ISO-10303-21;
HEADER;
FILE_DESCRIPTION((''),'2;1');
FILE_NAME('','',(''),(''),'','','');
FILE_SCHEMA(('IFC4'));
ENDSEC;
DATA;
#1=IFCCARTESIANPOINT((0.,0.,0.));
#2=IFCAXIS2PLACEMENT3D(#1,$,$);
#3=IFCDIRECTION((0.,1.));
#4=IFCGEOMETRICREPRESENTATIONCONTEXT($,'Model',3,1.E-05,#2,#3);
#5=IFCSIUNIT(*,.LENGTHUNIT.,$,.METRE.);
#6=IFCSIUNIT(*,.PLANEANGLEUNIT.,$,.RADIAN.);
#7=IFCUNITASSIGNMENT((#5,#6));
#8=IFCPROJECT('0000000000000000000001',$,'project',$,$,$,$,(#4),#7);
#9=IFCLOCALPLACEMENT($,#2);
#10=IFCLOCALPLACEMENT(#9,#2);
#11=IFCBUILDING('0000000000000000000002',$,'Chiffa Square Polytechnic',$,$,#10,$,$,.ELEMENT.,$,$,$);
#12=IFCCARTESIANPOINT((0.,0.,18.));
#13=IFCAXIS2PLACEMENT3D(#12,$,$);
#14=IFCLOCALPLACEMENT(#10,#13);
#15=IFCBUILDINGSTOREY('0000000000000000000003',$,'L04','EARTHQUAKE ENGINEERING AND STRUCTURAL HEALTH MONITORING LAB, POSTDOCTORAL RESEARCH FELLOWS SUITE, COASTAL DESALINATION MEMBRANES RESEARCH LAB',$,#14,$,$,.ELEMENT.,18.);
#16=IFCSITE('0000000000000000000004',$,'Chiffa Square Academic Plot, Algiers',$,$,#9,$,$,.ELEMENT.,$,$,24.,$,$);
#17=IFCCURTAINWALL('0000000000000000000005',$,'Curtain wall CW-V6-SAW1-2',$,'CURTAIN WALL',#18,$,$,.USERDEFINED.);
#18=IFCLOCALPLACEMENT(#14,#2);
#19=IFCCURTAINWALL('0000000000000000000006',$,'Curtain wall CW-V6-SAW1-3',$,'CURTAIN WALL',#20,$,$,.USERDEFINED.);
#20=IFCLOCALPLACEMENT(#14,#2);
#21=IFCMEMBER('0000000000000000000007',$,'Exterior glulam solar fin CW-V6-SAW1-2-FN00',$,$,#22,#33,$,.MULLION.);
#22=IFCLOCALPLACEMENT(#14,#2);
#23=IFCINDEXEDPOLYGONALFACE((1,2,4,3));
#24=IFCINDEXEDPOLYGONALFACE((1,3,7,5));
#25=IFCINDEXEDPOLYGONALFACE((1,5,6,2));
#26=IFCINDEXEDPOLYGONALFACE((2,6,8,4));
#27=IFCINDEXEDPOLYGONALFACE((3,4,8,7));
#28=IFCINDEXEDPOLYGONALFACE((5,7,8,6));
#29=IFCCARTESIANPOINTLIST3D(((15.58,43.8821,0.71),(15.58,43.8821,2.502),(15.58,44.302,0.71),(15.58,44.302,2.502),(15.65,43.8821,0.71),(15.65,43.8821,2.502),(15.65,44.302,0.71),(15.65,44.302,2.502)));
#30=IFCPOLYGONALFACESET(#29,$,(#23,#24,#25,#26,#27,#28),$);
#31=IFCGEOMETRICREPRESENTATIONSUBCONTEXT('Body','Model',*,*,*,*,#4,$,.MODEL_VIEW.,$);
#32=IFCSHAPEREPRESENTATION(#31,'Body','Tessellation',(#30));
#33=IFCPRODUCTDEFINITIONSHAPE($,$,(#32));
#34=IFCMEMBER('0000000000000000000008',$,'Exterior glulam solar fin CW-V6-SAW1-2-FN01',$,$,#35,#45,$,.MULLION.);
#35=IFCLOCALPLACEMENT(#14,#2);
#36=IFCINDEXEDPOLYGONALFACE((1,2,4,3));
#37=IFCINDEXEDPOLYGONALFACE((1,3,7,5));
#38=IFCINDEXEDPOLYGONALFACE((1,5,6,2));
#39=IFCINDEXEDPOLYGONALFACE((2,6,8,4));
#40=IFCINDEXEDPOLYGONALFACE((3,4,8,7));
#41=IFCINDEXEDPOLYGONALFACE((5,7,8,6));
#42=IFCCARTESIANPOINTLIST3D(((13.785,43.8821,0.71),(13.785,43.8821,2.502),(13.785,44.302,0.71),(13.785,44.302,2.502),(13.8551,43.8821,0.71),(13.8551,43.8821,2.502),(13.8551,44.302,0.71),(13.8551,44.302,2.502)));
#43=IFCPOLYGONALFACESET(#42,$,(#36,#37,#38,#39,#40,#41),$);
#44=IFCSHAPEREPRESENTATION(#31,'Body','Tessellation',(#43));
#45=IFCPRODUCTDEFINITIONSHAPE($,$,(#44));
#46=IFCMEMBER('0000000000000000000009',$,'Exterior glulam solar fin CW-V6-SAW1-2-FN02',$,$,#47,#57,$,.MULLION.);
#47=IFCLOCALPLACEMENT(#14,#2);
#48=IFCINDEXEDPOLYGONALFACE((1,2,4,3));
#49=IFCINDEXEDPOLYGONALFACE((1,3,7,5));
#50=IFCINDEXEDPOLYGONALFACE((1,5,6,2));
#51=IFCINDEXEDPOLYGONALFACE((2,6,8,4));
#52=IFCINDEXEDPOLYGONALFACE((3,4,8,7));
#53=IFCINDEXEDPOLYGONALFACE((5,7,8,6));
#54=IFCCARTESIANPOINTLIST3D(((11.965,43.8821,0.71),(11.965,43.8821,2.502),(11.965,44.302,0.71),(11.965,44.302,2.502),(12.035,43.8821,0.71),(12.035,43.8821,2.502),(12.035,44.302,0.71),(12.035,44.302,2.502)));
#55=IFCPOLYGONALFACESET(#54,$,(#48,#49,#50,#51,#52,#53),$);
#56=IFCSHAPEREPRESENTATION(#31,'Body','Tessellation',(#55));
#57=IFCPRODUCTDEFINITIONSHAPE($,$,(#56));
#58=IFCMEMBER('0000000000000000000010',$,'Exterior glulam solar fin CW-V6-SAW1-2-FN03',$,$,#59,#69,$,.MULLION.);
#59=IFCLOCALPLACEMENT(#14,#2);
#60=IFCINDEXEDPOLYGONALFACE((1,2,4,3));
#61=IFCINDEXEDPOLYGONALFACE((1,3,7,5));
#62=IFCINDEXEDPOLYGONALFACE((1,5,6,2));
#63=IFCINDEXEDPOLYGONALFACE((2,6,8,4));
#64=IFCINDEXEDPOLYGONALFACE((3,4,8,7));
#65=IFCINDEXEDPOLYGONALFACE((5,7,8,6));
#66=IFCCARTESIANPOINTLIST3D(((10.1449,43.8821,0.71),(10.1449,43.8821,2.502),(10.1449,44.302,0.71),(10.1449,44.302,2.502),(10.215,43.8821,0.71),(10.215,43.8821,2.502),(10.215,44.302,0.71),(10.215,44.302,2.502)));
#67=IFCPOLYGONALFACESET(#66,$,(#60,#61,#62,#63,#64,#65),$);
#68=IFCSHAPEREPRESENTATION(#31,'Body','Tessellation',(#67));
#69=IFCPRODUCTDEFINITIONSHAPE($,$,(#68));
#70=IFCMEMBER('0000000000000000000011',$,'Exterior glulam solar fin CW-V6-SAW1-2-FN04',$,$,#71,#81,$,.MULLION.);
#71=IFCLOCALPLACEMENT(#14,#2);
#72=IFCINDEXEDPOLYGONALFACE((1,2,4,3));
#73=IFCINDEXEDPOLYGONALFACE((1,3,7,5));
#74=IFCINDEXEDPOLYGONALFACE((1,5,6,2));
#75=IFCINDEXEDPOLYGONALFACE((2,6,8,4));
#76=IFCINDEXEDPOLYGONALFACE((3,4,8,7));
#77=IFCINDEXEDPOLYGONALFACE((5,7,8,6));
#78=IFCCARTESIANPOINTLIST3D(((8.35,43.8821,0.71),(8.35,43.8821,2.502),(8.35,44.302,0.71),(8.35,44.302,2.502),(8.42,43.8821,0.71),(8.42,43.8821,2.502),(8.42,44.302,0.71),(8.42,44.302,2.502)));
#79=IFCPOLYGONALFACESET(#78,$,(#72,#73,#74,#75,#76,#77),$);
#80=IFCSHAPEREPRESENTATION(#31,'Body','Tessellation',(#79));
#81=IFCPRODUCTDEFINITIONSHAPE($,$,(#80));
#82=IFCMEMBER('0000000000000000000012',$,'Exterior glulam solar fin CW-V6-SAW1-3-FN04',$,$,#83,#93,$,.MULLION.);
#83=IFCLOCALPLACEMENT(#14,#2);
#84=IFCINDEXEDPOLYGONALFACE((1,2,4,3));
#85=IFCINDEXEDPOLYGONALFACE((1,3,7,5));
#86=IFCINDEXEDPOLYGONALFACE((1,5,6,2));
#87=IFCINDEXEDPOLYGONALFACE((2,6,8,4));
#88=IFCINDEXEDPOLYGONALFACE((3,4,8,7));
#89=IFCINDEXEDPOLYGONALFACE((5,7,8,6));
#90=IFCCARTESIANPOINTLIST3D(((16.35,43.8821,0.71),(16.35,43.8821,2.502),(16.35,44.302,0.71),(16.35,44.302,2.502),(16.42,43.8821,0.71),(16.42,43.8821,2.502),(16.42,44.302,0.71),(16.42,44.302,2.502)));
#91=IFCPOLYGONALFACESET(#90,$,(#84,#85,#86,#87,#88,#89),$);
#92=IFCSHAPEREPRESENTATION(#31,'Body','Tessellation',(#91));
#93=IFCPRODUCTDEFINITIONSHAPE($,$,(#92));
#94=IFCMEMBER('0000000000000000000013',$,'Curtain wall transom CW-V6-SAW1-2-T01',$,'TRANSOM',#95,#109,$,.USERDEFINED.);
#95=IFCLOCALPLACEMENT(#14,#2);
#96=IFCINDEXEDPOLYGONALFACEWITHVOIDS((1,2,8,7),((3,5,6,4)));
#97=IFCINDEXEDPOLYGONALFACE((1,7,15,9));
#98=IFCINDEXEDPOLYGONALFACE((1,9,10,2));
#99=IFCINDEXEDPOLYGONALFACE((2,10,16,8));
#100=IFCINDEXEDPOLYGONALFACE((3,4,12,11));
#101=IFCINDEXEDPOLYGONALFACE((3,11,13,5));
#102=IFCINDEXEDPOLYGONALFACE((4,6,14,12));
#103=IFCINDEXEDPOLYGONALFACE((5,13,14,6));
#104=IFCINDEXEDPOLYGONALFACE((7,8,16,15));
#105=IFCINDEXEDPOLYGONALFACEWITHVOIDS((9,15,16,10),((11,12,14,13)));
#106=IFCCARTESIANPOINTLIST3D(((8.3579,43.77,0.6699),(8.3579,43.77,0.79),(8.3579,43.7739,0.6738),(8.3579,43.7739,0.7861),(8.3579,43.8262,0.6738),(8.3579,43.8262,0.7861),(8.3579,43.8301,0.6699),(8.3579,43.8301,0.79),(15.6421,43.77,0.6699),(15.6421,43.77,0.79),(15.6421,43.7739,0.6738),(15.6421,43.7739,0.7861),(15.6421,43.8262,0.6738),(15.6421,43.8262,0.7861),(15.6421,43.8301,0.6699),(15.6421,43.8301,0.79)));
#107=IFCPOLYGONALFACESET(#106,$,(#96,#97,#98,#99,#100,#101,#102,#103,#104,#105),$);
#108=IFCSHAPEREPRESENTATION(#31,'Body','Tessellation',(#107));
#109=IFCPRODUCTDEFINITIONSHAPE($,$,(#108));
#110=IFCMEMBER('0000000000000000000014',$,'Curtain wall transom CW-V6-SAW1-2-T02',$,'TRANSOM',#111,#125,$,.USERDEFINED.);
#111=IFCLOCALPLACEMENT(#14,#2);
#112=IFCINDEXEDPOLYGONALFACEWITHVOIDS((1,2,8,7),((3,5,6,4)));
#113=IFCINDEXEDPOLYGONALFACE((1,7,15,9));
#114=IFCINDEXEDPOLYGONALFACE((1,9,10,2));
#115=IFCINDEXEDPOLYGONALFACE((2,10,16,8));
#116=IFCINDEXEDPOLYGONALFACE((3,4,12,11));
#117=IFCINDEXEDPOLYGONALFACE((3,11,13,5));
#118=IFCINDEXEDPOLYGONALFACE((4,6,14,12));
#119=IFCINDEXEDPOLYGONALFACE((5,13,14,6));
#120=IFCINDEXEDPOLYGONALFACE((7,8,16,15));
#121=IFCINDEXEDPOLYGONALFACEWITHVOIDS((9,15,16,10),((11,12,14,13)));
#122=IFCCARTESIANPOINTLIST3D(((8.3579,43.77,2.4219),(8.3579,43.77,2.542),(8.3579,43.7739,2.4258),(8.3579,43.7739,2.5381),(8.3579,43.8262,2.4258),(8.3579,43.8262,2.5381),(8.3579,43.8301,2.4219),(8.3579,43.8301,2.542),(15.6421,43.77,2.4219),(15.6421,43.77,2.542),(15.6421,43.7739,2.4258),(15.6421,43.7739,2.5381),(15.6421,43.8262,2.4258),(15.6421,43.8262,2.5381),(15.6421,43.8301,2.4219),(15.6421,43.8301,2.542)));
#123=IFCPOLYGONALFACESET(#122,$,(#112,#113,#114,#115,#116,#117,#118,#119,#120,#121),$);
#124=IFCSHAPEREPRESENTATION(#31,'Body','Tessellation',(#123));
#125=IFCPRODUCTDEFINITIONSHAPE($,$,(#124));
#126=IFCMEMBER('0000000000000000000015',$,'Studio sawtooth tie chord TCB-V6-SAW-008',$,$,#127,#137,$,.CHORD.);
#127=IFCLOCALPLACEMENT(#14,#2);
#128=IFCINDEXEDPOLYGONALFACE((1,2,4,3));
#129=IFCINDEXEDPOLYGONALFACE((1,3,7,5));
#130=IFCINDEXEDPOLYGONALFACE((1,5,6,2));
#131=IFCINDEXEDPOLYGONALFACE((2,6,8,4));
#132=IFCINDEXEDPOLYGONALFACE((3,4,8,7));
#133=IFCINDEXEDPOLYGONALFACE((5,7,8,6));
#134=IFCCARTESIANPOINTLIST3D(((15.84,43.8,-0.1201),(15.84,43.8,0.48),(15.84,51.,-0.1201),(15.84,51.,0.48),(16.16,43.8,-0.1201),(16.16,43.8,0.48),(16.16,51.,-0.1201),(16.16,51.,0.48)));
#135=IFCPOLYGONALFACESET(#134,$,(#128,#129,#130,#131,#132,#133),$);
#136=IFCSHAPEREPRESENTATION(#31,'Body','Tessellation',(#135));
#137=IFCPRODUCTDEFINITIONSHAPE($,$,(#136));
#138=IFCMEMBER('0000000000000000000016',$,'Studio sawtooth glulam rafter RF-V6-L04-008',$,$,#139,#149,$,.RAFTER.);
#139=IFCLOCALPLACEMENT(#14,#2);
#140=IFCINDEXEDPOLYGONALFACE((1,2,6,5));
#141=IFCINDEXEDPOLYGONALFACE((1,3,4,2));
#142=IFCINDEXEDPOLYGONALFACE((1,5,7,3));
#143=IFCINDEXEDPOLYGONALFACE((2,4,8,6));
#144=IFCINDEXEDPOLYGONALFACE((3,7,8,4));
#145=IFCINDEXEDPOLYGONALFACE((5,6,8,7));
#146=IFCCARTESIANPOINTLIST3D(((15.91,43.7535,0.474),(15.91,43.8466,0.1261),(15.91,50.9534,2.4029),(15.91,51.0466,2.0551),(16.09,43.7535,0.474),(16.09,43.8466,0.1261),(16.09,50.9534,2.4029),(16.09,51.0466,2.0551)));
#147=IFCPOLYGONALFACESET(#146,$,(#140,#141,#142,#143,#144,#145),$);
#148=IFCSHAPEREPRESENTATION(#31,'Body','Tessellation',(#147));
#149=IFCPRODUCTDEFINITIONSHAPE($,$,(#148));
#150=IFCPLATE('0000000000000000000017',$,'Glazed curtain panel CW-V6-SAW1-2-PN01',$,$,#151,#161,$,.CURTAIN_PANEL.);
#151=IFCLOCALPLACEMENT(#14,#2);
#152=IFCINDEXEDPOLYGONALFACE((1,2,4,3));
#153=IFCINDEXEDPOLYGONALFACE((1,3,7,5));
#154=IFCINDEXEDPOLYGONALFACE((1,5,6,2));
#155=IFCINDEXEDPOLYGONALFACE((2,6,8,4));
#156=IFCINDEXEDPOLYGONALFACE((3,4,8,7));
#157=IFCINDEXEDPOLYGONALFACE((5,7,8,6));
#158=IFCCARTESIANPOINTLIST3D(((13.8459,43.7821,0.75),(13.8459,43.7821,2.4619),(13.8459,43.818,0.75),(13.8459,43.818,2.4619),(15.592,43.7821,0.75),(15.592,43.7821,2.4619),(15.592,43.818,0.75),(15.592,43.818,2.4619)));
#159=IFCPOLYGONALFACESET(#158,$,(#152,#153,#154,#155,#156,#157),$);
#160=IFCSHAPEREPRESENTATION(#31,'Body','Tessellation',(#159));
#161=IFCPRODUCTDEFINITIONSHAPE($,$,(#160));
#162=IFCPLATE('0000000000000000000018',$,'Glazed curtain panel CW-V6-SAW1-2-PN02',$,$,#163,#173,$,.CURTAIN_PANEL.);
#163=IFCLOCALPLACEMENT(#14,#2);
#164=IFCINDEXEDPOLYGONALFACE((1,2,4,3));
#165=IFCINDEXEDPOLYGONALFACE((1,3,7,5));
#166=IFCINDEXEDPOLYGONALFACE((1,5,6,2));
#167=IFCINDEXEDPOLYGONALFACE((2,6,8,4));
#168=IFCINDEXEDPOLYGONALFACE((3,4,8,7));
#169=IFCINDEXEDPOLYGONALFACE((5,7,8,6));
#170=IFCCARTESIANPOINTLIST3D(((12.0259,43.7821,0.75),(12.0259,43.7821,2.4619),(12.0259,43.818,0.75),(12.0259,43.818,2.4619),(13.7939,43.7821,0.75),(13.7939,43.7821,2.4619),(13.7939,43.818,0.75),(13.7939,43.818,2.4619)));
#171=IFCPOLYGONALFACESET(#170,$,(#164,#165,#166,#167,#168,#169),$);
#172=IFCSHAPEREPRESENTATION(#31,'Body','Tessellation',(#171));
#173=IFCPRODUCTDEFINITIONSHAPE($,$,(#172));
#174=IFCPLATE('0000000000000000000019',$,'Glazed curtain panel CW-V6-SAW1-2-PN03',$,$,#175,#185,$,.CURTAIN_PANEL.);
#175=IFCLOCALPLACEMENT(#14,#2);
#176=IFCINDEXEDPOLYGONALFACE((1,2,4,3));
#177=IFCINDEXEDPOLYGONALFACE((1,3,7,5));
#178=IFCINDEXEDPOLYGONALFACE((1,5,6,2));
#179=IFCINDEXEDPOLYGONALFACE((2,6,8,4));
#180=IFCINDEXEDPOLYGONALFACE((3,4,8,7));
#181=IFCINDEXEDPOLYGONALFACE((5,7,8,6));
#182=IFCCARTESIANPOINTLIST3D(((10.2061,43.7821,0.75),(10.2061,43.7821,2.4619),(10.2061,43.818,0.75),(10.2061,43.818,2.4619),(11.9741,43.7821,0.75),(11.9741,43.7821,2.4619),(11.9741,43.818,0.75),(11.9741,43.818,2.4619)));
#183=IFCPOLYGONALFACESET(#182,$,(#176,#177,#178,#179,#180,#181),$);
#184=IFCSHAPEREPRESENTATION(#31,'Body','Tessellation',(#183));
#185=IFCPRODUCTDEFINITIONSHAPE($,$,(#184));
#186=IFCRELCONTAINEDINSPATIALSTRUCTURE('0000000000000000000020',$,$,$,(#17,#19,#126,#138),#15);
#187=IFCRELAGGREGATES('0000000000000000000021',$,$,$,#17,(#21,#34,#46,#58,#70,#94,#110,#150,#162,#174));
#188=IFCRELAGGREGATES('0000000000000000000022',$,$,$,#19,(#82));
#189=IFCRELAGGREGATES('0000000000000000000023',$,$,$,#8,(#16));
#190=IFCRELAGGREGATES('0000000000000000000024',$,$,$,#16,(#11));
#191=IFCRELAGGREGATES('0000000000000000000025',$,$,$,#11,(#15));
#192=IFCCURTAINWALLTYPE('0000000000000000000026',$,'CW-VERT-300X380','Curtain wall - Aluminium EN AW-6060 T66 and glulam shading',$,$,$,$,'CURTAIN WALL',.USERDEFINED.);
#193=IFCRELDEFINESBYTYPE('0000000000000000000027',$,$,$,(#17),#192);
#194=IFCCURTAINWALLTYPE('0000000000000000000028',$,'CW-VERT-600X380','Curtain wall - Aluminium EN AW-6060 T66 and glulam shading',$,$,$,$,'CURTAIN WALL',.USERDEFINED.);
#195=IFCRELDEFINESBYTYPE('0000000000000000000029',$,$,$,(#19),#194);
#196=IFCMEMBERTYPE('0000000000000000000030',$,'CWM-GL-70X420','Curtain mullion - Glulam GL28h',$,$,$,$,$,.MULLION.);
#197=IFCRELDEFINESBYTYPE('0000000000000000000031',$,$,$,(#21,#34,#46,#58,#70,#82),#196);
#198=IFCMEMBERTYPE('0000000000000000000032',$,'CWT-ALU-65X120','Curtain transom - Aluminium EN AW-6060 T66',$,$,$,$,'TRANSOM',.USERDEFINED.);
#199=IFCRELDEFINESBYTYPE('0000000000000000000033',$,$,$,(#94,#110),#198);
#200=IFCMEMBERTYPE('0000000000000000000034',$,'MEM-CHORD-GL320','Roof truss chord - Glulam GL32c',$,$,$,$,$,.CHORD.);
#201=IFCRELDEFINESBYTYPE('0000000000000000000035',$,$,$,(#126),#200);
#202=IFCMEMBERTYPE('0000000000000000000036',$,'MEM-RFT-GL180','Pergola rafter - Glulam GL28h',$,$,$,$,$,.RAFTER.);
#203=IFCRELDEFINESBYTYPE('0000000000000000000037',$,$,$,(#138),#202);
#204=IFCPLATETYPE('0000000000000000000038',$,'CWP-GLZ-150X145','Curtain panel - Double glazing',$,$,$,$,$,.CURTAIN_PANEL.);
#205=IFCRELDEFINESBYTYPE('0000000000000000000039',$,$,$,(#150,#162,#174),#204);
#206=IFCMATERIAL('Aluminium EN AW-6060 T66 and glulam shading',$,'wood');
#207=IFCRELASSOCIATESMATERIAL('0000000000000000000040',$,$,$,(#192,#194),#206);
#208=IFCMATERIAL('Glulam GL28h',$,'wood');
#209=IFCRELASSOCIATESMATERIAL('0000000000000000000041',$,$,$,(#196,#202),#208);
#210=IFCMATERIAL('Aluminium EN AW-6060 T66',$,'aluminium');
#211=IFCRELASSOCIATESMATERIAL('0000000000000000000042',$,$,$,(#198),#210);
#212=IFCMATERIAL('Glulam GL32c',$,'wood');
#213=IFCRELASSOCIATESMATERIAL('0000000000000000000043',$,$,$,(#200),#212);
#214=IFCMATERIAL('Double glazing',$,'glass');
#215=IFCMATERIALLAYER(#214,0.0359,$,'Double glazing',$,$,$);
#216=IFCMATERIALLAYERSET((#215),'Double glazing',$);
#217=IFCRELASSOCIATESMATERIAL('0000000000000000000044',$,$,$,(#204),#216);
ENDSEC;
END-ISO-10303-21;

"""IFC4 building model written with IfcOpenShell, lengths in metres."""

from ifc_helpers import new_model, si_unit, direction, frame, origin, origin_2d, place, context, subcontext, project, spatial, rectangle, hollow_rectangle, extrude, material, layer, layer_set, material_profile, profile_set, type_object, element, aggregate, save


model = new_model("IFC4")

# Units and contexts
model_context = context("Model", 3, precision=1e-05, world=origin(), true_north=direction((0.0, 1.0)))
body_context = subcontext(model_context, "Body", "Model", "MODEL_VIEW")
ifc_project = project(units=[si_unit("LENGTHUNIT", "METRE"), si_unit("PLANEANGLEUNIT", "RADIAN")], contexts=[model_context])

# Site, building, storey
site_placement = place(None, origin())
site = spatial("IfcSite", under=ifc_project, at=site_placement, Name="Chiffa Square Academic Plot, Algiers", CompositionType="ELEMENT", RefElevation=24.0)
building_placement = place(site_placement, origin())
building = spatial("IfcBuilding", under=site, at=building_placement, Name="Chiffa Square Polytechnic", CompositionType="ELEMENT")
storey_placement = place(building_placement, frame((0.0, 0.0, 18.0)))
storey = spatial("IfcBuildingStorey", under=building, at=storey_placement, Name="L04", Description="EARTHQUAKE ENGINEERING AND STRUCTURAL HEALTH MONITORING LAB, POSTDOCTORAL RESEARCH FELLOWS SUITE, COASTAL DESALINATION MEMBRANES RESEARCH LAB", CompositionType="ELEMENT", Elevation=18.0)

# Shared definitions
ifc_material_1 = material(Name="Glulam GL32c", Category="wood")

# Curtain wall
ifc_material_2 = material(Name="Aluminium EN AW-6060 T66 and glulam shading", Category="wood")
curtain_wall_type_1 = type_object("IfcCurtainWallType", Name="CW-VERT-300X380", Description="Curtain wall - Aluminium EN AW-6060 T66 and glulam shading", ElementType="CURTAIN WALL", PredefinedType="USERDEFINED", material=ifc_material_2)
curtain_wall_1_placement = place(storey_placement, origin())
curtain_wall_1 = element("IfcCurtainWall", 1, at=curtain_wall_1_placement, inside=storey, type_object=curtain_wall_type_1, Name="Curtain wall CW-V6-SAW1-2", ObjectType="CURTAIN WALL", PredefinedType="USERDEFINED")
ifc_material_3 = material(Name="Aluminium EN AW-6060 T66", Category="aluminium")

# Curtain wall
curtain_wall_type_2 = type_object("IfcCurtainWallType", Name="CW-VERT-600X380", Description="Curtain wall - Aluminium EN AW-6060 T66 and glulam shading", ElementType="CURTAIN WALL", PredefinedType="USERDEFINED", material=ifc_material_2)
curtain_wall_2_placement = place(storey_placement, origin())
curtain_wall_2 = element("IfcCurtainWall", 2, at=curtain_wall_2_placement, inside=storey, type_object=curtain_wall_type_2, Name="Curtain wall CW-V6-SAW1-3", ObjectType="CURTAIN WALL", PredefinedType="USERDEFINED")

# Shared definitions
ifc_material_4 = material(Name="Glulam GL28h", Category="wood")
ifc_material_profile_1 = material_profile(ifc_material_4, rectangle(XDim=0.0701, YDim=0.4199, at=origin_2d()), Name="GL28h 70x420")
ifc_profile_set_1 = profile_set([ifc_material_profile_1], Name="Glulam GL28h")
member_type_1 = type_object("IfcMemberType", Name="CWM-GL-70X420", Description="Curtain mullion - Glulam GL28h", PredefinedType="MULLION", material=ifc_profile_set_1)

# Members
member_1_placement = place(storey_placement, frame((15.615, 44.092, 0.71), z_axis=(0.0, 0.0, 1.0), x_axis=(-1.0, 0.0, 0.0)))
member_1 = element("IfcMember", 3, at=member_1_placement, type_object=member_type_1, Name="Exterior glulam solar fin CW-V6-SAW1-2-FN00", PredefinedType="MULLION", context=body_context, shape_type="SweptSolid", body=[
    extrude(rectangle(XDim=0.0701, YDim=0.4199, at=origin_2d()), origin(), (0.0, 0.0, 1.0), 1.792),
])
member_2_placement = place(storey_placement, frame((13.8201, 44.092, 0.71), z_axis=(0.0, 0.0, 1.0), x_axis=(-1.0, 0.0, 0.0)))
member_2 = element("IfcMember", 4, at=member_2_placement, type_object=member_type_1, Name="Exterior glulam solar fin CW-V6-SAW1-2-FN01", PredefinedType="MULLION", context=body_context, shape_type="SweptSolid", body=[
    extrude(rectangle(XDim=0.0701, YDim=0.4199, at=origin_2d()), origin(), (0.0, 0.0, 1.0), 1.792),
])
member_3_placement = place(storey_placement, frame((12.0, 44.092, 0.71), z_axis=(0.0, 0.0, 1.0), x_axis=(-1.0, 0.0, 0.0)))
member_3 = element("IfcMember", 5, at=member_3_placement, type_object=member_type_1, Name="Exterior glulam solar fin CW-V6-SAW1-2-FN02", PredefinedType="MULLION", context=body_context, shape_type="SweptSolid", body=[
    extrude(rectangle(XDim=0.0701, YDim=0.4199, at=origin_2d()), origin(), (0.0, 0.0, 1.0), 1.792),
])
member_4_placement = place(storey_placement, frame((10.1799, 44.092, 0.71), z_axis=(0.0, 0.0, 1.0), x_axis=(-1.0, 0.0, 0.0)))
member_4 = element("IfcMember", 6, at=member_4_placement, type_object=member_type_1, Name="Exterior glulam solar fin CW-V6-SAW1-2-FN03", PredefinedType="MULLION", context=body_context, shape_type="SweptSolid", body=[
    extrude(rectangle(XDim=0.0701, YDim=0.4199, at=origin_2d()), origin(), (0.0, 0.0, 1.0), 1.792),
])
member_5_placement = place(storey_placement, frame((8.385, 44.092, 0.71), z_axis=(0.0, 0.0, 1.0), x_axis=(-1.0, 0.0, 0.0)))
member_5 = element("IfcMember", 7, at=member_5_placement, type_object=member_type_1, Name="Exterior glulam solar fin CW-V6-SAW1-2-FN04", PredefinedType="MULLION", context=body_context, shape_type="SweptSolid", body=[
    extrude(rectangle(XDim=0.0701, YDim=0.4199, at=origin_2d()), origin(), (0.0, 0.0, 1.0), 1.792),
])
member_6_placement = place(storey_placement, frame((16.385, 44.092, 0.71), z_axis=(0.0, 0.0, 1.0), x_axis=(-1.0, 0.0, 0.0)))
member_6 = element("IfcMember", 8, at=member_6_placement, type_object=member_type_1, Name="Exterior glulam solar fin CW-V6-SAW1-3-FN04", PredefinedType="MULLION", context=body_context, shape_type="SweptSolid", body=[
    extrude(rectangle(XDim=0.0701, YDim=0.4199, at=origin_2d()), origin(), (0.0, 0.0, 1.0), 1.792),
])
ifc_material_profile_2 = material_profile(ifc_material_3, hollow_rectangle(XDim=0.0601, YDim=0.1201, WallThickness=0.0039, at=origin_2d()), Name="ALU 60x120x4")
ifc_profile_set_2 = profile_set([ifc_material_profile_2], Name="Aluminium EN AW-6060 T66")
member_type_2 = type_object("IfcMemberType", Name="CWT-ALU-65X120", Description="Curtain transom - Aluminium EN AW-6060 T66", ElementType="TRANSOM", PredefinedType="USERDEFINED", material=ifc_profile_set_2)
member_7_placement = place(storey_placement, frame((15.6421, 43.8, 0.73), z_axis=(-1.0, 0.0, 0.0), x_axis=(0.0, -1.0, 0.0)))
member_7 = element("IfcMember", 9, at=member_7_placement, type_object=member_type_2, Name="Curtain wall transom CW-V6-SAW1-2-T01", ObjectType="TRANSOM", PredefinedType="USERDEFINED", context=body_context, shape_type="SweptSolid", body=[
    extrude(hollow_rectangle(XDim=0.0601, YDim=0.1201, WallThickness=0.0039, at=origin_2d()), origin(), (0.0, 0.0, 1.0), 7.2842),
])
member_8_placement = place(storey_placement, frame((15.6421, 43.8, 2.4819), z_axis=(-1.0, 0.0, 0.0), x_axis=(0.0, -1.0, 0.0)))
member_8 = element("IfcMember", 10, at=member_8_placement, type_object=member_type_2, Name="Curtain wall transom CW-V6-SAW1-2-T02", ObjectType="TRANSOM", PredefinedType="USERDEFINED", context=body_context, shape_type="SweptSolid", body=[
    extrude(hollow_rectangle(XDim=0.0601, YDim=0.1201, WallThickness=0.0039, at=origin_2d()), origin(), (0.0, 0.0, 1.0), 7.2842),
])

# Members
ifc_material_profile_3 = material_profile(ifc_material_1, rectangle(XDim=0.3201, YDim=0.6001, at=origin_2d()), Name="GL32c 320x600")
ifc_profile_set_3 = profile_set([ifc_material_profile_3], Name="Glulam GL32c")
member_type_3 = type_object("IfcMemberType", Name="MEM-CHORD-GL320", Description="Roof truss chord - Glulam GL32c", PredefinedType="CHORD", material=ifc_profile_set_3)
member_9_placement = place(storey_placement, frame((16.0, 43.8, 0.1799), z_axis=(0.0, 1.0, 0.0), x_axis=(-1.0, 0.0, 0.0)))
element("IfcMember", 11, at=member_9_placement, inside=storey, type_object=member_type_3, Name="Studio sawtooth tie chord TCB-V6-SAW-008", PredefinedType="CHORD", context=body_context, shape_type="SweptSolid", body=[
    extrude(rectangle(XDim=0.3201, YDim=0.6001, at=origin_2d()), origin(), (0.0, 0.0, 1.0), 7.2),
])
ifc_material_profile_4 = material_profile(ifc_material_4, rectangle(XDim=0.1799, YDim=0.3601, at=origin_2d()), Name="GL28h 180x360")
ifc_profile_set_4 = profile_set([ifc_material_profile_4], Name="Glulam GL28h")
member_type_4 = type_object("IfcMemberType", Name="MEM-RFT-GL180", Description="Pergola rafter - Glulam GL28h", PredefinedType="RAFTER", material=ifc_profile_set_4)
member_10_placement = place(storey_placement, frame((16.0, 43.8, 0.3), z_axis=(0.0, 0.965935, 0.258786), x_axis=(-1.0, 0.0, 0.0)))
element("IfcMember", 12, at=member_10_placement, inside=storey, type_object=member_type_4, Name="Studio sawtooth glulam rafter RF-V6-L04-008", PredefinedType="RAFTER", context=body_context, shape_type="SweptSolid", body=[
    extrude(rectangle(XDim=0.1799, YDim=0.3601, at=origin_2d()), origin(), (0.0, 0.0, 1.0), 7.4539),
])

# Plates
ifc_material_5 = material(Name="Double glazing", Category="glass")
ifc_layer_1 = layer(ifc_material_5, 0.0359, Name="Double glazing")
ifc_layer_set_1 = layer_set([ifc_layer_1], Name="Double glazing")
plate_type = type_object("IfcPlateType", Name="CWP-GLZ-150X145", Description="Curtain panel - Double glazing", PredefinedType="CURTAIN_PANEL", material=ifc_layer_set_1)
plate_1_placement = place(storey_placement, frame((14.719, 43.8, 0.75), z_axis=(0.0, 0.0, 1.0), x_axis=(-1.0, 0.0, 0.0)))
plate_1 = element("IfcPlate", 13, at=plate_1_placement, type_object=plate_type, Name="Glazed curtain panel CW-V6-SAW1-2-PN01", PredefinedType="CURTAIN_PANEL", context=body_context, shape_type="SweptSolid", body=[
    extrude(rectangle(XDim=1.7461, YDim=0.0359, at=origin_2d()), origin(), (0.0, 0.0, 1.0), 1.7119),
])
plate_2_placement = place(storey_placement, frame((12.9099, 43.8, 0.75), z_axis=(0.0, 0.0, 1.0), x_axis=(-1.0, 0.0, 0.0)))
plate_2 = element("IfcPlate", 14, at=plate_2_placement, type_object=plate_type, Name="Glazed curtain panel CW-V6-SAW1-2-PN02", PredefinedType="CURTAIN_PANEL", context=body_context, shape_type="SweptSolid", body=[
    extrude(rectangle(XDim=1.7681, YDim=0.0359, at=origin_2d()), origin(), (0.0, 0.0, 1.0), 1.7119),
])
plate_3_placement = place(storey_placement, frame((11.0901, 43.8, 0.75), z_axis=(0.0, 0.0, 1.0), x_axis=(-1.0, 0.0, 0.0)))
plate_3 = element("IfcPlate", 15, at=plate_3_placement, type_object=plate_type, Name="Glazed curtain panel CW-V6-SAW1-2-PN03", PredefinedType="CURTAIN_PANEL", context=body_context, shape_type="SweptSolid", body=[
    extrude(rectangle(XDim=1.7681, YDim=0.0359, at=origin_2d()), origin(), (0.0, 0.0, 1.0), 1.7119),
])
aggregate(curtain_wall_1, [member_1, member_2, member_3, member_4, member_5, member_7, member_8, plate_1, plate_2, plate_3])
aggregate(curtain_wall_2, [member_6])

save(model, "model.ifc")
